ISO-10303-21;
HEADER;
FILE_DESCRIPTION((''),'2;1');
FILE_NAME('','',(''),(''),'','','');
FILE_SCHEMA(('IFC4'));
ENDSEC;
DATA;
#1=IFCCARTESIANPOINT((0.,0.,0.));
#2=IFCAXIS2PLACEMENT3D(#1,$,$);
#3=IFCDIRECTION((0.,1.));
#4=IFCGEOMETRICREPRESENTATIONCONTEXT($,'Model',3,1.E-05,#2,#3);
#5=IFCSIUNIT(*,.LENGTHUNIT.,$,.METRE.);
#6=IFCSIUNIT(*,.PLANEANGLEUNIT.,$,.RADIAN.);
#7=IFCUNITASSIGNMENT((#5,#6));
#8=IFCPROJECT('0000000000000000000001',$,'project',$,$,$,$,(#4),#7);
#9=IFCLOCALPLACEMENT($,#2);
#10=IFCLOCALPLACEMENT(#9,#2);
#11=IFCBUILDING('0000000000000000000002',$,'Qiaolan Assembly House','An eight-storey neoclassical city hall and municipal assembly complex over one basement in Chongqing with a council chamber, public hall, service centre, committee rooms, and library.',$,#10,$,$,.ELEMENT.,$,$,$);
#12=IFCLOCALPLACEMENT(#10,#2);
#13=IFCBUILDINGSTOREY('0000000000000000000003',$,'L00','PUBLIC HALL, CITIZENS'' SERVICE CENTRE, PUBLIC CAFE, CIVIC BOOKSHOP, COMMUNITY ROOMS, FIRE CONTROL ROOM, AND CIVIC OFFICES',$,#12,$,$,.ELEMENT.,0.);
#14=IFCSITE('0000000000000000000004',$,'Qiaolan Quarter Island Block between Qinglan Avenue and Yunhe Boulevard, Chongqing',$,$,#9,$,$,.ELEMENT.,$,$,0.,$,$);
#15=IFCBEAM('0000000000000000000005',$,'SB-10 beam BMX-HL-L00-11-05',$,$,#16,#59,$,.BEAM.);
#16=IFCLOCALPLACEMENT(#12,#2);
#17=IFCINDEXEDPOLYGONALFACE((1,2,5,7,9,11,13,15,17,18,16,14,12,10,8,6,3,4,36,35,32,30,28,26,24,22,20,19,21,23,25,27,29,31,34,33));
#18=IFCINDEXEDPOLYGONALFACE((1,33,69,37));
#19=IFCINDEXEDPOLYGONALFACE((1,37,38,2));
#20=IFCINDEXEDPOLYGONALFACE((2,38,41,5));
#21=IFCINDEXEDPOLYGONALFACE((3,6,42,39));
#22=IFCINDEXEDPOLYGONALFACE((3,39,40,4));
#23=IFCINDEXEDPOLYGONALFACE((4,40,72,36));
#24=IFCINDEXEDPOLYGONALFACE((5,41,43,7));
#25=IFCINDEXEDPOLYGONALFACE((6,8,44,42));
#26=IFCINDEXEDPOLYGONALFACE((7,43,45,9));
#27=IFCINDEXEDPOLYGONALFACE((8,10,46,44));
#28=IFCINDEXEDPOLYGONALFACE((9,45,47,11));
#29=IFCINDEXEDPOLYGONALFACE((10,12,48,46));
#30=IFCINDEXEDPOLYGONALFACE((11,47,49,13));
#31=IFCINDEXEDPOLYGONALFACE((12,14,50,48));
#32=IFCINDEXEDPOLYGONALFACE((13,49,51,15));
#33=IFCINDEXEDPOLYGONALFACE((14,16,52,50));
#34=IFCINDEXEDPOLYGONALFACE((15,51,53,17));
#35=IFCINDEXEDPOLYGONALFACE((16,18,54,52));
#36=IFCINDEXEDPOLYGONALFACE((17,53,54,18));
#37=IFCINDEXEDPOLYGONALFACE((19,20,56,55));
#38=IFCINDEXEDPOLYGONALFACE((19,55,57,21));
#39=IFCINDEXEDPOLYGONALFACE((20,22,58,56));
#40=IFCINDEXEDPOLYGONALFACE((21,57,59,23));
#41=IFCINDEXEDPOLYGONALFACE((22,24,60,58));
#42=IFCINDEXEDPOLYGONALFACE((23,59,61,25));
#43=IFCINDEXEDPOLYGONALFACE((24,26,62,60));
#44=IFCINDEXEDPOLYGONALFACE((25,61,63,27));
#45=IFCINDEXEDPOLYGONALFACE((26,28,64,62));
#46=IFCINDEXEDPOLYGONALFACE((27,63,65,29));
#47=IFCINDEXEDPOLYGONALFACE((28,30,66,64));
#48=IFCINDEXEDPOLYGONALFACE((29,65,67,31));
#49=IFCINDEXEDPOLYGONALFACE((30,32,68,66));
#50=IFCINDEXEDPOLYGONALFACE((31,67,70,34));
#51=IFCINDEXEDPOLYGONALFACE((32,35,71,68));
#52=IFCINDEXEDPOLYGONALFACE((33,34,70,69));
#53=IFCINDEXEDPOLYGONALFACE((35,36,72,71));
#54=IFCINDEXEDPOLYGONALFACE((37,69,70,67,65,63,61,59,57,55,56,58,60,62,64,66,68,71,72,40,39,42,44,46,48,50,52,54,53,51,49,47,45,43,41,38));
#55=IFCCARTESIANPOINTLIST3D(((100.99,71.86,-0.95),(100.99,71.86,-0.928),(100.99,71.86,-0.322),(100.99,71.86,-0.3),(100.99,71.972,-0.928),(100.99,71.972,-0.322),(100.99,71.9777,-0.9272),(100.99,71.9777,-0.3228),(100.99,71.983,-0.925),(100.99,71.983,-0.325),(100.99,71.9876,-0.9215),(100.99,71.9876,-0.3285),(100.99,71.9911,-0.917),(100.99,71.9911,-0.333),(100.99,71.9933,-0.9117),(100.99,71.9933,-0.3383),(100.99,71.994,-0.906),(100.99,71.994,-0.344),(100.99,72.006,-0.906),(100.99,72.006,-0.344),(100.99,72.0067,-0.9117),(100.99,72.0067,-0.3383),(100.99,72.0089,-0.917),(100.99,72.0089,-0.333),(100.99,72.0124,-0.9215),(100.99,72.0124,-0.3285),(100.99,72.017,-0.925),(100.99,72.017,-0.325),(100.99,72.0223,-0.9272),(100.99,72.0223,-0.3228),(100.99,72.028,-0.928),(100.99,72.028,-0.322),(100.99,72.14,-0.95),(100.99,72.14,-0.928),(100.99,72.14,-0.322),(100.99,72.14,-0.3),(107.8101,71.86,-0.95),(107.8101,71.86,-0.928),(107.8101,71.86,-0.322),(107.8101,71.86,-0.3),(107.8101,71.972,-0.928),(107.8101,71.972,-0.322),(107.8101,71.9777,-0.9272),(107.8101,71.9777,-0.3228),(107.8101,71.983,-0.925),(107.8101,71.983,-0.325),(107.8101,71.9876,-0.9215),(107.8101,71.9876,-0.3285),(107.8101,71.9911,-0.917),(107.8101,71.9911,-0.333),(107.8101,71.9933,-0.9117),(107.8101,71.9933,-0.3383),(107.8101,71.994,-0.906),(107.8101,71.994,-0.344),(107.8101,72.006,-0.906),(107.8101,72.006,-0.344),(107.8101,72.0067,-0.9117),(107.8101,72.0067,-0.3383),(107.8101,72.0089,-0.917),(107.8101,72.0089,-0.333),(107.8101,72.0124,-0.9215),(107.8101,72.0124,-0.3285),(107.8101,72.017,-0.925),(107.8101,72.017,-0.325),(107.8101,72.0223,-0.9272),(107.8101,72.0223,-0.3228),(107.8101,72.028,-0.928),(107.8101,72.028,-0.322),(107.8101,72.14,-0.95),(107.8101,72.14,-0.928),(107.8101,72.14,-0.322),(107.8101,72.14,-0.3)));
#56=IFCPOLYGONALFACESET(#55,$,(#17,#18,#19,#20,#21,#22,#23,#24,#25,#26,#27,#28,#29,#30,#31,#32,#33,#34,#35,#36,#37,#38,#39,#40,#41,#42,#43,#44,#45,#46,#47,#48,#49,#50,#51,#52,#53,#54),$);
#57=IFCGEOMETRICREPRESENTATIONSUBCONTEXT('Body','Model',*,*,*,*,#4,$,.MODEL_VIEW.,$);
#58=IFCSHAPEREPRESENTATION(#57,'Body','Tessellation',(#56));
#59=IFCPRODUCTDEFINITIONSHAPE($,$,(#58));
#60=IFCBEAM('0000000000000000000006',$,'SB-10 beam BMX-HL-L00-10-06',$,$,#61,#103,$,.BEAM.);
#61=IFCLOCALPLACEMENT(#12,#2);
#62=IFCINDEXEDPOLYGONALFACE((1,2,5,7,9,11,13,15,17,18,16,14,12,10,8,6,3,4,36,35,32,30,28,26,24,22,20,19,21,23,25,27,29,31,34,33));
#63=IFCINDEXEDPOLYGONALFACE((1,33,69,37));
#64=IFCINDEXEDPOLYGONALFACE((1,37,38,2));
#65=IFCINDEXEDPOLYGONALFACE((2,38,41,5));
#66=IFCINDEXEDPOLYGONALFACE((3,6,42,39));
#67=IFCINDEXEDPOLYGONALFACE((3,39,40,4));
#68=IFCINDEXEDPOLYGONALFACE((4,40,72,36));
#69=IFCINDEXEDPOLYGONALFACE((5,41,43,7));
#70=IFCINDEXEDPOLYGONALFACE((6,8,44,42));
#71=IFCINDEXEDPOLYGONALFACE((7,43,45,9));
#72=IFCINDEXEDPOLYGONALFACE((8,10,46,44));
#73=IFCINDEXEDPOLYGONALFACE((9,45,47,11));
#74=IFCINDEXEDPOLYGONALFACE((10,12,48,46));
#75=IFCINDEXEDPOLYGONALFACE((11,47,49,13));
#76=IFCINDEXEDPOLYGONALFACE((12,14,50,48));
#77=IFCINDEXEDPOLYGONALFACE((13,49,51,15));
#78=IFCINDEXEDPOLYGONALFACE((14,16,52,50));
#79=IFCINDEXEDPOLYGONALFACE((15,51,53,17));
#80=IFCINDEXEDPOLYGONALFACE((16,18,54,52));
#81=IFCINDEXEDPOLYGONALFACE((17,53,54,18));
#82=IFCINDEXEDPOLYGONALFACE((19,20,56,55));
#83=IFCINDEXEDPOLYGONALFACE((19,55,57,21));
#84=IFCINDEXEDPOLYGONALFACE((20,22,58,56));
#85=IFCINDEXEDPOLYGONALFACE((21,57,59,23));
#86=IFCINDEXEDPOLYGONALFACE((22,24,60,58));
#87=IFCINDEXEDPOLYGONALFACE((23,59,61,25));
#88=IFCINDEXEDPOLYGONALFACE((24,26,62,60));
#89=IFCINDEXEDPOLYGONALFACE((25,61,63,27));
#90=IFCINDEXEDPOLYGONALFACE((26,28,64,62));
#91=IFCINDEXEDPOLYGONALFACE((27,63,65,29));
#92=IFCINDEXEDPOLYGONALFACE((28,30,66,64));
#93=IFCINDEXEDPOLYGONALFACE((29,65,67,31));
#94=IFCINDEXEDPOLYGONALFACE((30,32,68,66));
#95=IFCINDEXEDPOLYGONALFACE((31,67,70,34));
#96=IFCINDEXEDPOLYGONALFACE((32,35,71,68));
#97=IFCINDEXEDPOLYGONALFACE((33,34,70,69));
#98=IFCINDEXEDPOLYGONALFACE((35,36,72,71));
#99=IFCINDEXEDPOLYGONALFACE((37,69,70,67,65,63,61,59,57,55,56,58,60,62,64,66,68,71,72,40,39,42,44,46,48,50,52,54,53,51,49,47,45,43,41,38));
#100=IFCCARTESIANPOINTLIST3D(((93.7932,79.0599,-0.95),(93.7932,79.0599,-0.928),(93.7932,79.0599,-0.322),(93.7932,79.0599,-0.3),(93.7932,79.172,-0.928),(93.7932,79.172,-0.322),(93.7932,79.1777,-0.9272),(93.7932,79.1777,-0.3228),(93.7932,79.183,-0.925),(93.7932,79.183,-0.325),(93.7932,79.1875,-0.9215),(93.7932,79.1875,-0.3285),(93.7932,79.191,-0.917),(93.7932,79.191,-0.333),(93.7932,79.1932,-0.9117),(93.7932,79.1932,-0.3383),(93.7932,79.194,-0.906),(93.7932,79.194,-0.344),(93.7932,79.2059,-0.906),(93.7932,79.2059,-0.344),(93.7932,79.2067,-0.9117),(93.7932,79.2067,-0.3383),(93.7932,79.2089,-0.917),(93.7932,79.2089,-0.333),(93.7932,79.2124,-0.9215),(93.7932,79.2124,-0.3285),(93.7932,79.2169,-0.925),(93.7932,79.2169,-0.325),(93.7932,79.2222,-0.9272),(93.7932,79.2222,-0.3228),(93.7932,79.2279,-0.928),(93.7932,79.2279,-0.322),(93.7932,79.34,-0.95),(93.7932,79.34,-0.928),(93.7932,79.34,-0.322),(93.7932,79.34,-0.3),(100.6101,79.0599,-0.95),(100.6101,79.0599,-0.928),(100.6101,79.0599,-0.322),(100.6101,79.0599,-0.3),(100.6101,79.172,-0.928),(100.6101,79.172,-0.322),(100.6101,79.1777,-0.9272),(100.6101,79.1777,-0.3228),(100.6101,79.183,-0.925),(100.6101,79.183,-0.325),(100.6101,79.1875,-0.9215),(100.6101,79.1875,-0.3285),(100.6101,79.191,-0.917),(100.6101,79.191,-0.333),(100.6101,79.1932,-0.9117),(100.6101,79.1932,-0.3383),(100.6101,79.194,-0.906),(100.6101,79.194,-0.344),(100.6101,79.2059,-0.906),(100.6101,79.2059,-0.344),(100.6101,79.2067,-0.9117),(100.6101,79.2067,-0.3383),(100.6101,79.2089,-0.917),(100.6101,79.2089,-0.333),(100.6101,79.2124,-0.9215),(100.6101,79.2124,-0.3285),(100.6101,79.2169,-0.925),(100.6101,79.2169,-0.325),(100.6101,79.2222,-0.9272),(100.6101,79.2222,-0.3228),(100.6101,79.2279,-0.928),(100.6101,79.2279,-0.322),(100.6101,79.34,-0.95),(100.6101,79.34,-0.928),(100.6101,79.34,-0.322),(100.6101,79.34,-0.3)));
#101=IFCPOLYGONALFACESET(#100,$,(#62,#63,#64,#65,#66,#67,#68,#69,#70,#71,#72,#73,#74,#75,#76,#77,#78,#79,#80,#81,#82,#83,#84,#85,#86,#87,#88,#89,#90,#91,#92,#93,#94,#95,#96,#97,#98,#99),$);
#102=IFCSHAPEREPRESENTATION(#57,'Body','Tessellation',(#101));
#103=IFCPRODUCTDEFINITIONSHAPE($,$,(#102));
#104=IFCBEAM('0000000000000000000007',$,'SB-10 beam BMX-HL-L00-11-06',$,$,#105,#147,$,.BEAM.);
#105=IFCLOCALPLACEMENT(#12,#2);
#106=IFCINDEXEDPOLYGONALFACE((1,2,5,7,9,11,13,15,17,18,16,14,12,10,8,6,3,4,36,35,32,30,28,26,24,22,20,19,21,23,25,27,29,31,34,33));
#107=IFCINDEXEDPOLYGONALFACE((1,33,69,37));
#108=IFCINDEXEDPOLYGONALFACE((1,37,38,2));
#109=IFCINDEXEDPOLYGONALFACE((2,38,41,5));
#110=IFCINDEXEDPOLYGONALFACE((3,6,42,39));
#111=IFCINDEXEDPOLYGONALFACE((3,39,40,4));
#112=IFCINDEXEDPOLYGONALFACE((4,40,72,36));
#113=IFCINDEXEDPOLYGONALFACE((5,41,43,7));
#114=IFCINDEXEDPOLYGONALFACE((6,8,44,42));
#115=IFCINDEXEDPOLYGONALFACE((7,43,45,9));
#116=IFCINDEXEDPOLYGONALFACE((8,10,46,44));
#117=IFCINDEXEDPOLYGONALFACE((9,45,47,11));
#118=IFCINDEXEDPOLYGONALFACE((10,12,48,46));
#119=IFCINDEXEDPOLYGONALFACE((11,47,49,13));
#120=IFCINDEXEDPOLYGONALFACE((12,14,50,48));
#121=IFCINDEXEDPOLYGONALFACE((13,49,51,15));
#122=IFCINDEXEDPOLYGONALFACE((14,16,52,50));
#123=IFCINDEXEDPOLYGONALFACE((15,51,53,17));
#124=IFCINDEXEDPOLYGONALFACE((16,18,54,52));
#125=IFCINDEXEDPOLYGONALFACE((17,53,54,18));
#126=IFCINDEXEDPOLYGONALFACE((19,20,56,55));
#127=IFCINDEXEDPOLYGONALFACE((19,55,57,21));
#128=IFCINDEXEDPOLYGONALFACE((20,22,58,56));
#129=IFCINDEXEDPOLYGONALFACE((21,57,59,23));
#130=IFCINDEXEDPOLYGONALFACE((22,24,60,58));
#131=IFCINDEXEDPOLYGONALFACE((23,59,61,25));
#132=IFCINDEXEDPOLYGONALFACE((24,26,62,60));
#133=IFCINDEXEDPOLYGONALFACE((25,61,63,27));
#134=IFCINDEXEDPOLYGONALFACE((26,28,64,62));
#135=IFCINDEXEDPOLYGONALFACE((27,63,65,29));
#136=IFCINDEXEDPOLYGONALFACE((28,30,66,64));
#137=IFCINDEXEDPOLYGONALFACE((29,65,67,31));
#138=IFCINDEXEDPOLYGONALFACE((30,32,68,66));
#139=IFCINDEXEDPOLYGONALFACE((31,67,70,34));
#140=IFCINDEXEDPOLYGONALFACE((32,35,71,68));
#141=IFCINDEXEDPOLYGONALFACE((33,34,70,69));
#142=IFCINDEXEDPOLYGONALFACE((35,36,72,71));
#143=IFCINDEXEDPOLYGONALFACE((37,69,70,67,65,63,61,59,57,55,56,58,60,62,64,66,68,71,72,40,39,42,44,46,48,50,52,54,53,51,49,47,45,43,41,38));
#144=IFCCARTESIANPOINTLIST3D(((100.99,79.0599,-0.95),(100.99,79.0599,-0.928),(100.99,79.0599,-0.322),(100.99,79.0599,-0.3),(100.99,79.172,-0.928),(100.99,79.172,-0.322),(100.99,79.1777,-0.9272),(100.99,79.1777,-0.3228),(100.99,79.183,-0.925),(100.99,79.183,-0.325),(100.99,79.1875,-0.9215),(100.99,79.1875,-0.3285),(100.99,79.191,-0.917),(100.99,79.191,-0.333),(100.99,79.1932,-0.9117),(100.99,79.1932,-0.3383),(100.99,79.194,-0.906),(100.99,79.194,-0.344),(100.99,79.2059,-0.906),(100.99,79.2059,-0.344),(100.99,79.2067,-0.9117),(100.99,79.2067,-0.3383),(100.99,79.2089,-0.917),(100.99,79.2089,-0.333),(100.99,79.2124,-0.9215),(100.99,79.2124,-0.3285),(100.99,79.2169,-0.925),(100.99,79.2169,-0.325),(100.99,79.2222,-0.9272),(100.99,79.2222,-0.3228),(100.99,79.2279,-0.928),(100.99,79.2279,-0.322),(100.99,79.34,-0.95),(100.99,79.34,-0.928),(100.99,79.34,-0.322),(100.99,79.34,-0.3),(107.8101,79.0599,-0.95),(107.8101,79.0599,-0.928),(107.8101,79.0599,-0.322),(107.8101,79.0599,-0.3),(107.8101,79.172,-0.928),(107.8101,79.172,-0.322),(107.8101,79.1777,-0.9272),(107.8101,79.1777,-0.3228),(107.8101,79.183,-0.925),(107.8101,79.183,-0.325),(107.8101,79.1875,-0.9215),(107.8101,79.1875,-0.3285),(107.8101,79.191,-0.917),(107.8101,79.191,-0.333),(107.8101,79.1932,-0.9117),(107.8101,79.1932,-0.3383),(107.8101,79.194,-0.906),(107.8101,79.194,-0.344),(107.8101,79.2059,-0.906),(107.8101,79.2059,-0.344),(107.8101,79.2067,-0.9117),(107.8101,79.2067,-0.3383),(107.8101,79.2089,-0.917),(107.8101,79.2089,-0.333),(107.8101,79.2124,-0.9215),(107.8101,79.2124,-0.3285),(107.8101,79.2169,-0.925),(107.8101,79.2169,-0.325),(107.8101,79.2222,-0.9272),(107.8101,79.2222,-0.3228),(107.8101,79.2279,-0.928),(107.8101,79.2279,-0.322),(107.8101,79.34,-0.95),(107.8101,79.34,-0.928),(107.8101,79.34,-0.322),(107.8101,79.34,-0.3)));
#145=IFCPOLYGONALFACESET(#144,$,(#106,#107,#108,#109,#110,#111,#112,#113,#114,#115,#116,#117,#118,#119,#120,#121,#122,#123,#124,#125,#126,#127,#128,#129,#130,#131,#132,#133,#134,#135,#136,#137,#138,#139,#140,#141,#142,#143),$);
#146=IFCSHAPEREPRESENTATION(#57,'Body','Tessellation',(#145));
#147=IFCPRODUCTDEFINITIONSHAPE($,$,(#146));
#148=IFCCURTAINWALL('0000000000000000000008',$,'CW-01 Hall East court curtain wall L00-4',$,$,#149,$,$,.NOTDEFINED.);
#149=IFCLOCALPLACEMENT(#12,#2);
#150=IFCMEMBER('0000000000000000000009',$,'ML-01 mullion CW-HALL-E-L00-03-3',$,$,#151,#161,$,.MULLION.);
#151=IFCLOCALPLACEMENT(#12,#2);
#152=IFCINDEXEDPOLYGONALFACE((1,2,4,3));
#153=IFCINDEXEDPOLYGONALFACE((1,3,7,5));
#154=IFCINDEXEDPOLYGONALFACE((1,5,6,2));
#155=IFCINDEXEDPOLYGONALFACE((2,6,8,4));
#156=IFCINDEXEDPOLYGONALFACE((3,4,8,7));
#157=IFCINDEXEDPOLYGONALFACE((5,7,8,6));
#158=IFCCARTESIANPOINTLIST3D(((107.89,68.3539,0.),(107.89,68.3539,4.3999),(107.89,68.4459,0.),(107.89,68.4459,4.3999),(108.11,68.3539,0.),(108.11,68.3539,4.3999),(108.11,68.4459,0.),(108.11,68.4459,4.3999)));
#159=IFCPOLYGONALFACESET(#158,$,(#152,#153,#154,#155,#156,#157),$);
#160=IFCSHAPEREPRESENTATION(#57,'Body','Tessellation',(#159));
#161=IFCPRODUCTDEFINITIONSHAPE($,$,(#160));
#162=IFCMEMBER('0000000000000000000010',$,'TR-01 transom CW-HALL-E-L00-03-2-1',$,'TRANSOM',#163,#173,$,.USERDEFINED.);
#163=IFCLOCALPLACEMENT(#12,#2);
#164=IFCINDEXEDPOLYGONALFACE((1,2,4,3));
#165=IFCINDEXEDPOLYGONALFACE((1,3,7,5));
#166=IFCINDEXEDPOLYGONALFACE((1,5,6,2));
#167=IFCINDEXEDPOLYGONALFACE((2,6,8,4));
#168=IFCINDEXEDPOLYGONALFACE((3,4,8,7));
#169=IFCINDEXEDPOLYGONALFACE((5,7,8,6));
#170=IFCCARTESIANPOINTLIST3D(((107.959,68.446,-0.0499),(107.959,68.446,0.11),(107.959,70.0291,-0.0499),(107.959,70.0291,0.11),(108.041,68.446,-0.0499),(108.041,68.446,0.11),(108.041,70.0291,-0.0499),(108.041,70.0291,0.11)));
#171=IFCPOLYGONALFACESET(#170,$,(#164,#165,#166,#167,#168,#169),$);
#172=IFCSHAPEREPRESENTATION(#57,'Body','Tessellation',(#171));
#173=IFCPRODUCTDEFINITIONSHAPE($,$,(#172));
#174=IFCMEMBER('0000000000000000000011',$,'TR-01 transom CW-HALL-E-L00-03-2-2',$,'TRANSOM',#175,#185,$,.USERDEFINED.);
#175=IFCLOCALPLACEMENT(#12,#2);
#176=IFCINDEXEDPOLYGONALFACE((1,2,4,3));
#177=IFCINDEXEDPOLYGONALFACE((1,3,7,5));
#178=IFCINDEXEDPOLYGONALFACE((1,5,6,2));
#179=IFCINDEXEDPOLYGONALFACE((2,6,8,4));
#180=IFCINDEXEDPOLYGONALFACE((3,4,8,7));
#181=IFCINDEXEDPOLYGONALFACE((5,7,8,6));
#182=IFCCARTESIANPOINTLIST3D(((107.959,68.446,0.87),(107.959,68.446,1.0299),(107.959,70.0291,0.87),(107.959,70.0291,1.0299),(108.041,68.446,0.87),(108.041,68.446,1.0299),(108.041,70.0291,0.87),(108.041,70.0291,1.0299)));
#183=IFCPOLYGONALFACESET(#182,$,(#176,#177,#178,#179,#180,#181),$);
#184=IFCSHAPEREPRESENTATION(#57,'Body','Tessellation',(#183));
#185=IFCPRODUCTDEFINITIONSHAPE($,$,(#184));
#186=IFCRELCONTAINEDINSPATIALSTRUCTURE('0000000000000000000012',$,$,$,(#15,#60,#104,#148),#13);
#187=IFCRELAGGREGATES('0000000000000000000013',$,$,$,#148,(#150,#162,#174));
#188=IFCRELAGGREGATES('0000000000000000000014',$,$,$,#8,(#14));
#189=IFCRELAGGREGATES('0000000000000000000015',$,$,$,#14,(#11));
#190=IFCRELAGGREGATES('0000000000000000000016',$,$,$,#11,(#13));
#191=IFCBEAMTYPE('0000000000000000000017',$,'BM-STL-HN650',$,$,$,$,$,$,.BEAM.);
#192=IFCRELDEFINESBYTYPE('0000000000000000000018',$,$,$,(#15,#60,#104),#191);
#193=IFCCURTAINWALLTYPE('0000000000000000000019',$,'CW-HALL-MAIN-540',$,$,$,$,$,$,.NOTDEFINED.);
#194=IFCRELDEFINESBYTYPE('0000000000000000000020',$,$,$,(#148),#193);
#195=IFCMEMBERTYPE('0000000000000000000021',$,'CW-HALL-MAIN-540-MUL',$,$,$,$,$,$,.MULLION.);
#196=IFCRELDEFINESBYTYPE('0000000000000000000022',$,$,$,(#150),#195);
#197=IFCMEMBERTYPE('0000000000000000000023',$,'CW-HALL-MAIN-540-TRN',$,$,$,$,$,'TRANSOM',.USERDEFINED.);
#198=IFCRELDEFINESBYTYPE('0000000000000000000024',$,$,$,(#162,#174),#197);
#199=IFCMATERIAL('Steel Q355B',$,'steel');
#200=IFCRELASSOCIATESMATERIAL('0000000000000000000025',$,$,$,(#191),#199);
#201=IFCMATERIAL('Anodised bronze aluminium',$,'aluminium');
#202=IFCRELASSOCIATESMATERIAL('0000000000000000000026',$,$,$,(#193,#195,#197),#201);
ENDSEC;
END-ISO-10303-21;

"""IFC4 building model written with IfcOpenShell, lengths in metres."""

from ifc_helpers import new_model, si_unit, direction, frame, origin, origin_2d, place, context, subcontext, project, spatial, rectangle, i_section, extrude, material, material_profile, profile_set, type_object, element, aggregate, save


model = new_model("IFC4")

# Units and contexts
model_context = context("Model", 3, precision=1e-05, world=origin(), true_north=direction((0.0, 1.0)))
body_context = subcontext(model_context, "Body", "Model", "MODEL_VIEW")
ifc_project = project(units=[si_unit("LENGTHUNIT", "METRE"), si_unit("PLANEANGLEUNIT", "RADIAN")], contexts=[model_context])

# Site, building, storey
site_placement = place(None, origin())
site = spatial("IfcSite", under=ifc_project, at=site_placement, Name="Qiaolan Quarter Island Block between Qinglan Avenue and Yunhe Boulevard, Chongqing", CompositionType="ELEMENT", RefElevation=0.0)
building_placement = place(site_placement, origin())
building = spatial("IfcBuilding", under=site, at=building_placement, Name="Qiaolan Assembly House", Description="An eight-storey neoclassical city hall and municipal assembly complex over one basement in Chongqing with a council chamber, public hall, service centre, committee rooms, and library.", CompositionType="ELEMENT")
storey_placement = place(building_placement, origin())
storey = spatial("IfcBuildingStorey", under=building, at=storey_placement, Name="L00", Description="PUBLIC HALL, CITIZENS' SERVICE CENTRE, PUBLIC CAFE, CIVIC BOOKSHOP, COMMUNITY ROOMS, FIRE CONTROL ROOM, AND CIVIC OFFICES", CompositionType="ELEMENT", Elevation=0.0)

# Shared definitions
ifc_material_1 = material(Name="Steel Q355B", Category="steel")

# Beams
ifc_material_profile_1 = material_profile(ifc_material_1, i_section(OverallWidth=0.28, OverallDepth=0.6499, WebThickness=0.012, FlangeThickness=0.022, FilletRadius=0.022, at=origin_2d()), Name="HN 650x280x12x22")
ifc_profile_set_1 = profile_set([ifc_material_profile_1], Name="Steel Q355B")
beam_type_1 = type_object("IfcBeamType", Name="BM-STL-HN650", PredefinedType="BEAM", material=ifc_profile_set_1)
beam_1_placement = place(storey_placement, frame((100.99, 72.0, -0.625), z_axis=(1.0, 0.0, 0.0), x_axis=(0.0, 1.0, 0.0)))
element("IfcBeam", 1, at=beam_1_placement, inside=storey, type_object=beam_type_1, Name="SB-10 beam BMX-HL-L00-11-05", PredefinedType="BEAM", context=body_context, shape_type="SweptSolid", body=[
    extrude(i_section(OverallWidth=0.28, OverallDepth=0.6499, WebThickness=0.012, FlangeThickness=0.022, FilletRadius=0.022, at=origin_2d()), origin(), (0.0, 0.0, 1.0), 6.8201),
])
beam_2_placement = place(storey_placement, frame((93.7932, 79.2, -0.625), z_axis=(1.0, 0.0, 0.0), x_axis=(0.0, 1.0, 0.0)))
element("IfcBeam", 2, at=beam_2_placement, inside=storey, type_object=beam_type_1, Name="SB-10 beam BMX-HL-L00-10-06", PredefinedType="BEAM", context=body_context, shape_type="SweptSolid", body=[
    extrude(i_section(OverallWidth=0.28, OverallDepth=0.6499, WebThickness=0.012, FlangeThickness=0.022, FilletRadius=0.022, at=origin_2d()), origin(), (0.0, 0.0, 1.0), 6.8169),
])
beam_3_placement = place(storey_placement, frame((100.99, 79.2, -0.625), z_axis=(1.0, 0.0, 0.0), x_axis=(0.0, 1.0, 0.0)))
element("IfcBeam", 3, at=beam_3_placement, inside=storey, type_object=beam_type_1, Name="SB-10 beam BMX-HL-L00-11-06", PredefinedType="BEAM", context=body_context, shape_type="SweptSolid", body=[
    extrude(i_section(OverallWidth=0.28, OverallDepth=0.6499, WebThickness=0.012, FlangeThickness=0.022, FilletRadius=0.022, at=origin_2d()), origin(), (0.0, 0.0, 1.0), 6.8201),
])

# Curtain wall, members
ifc_material_2 = material(Name="Anodised bronze aluminium", Category="aluminium")
curtain_wall_type = type_object("IfcCurtainWallType", Name="CW-HALL-MAIN-540", PredefinedType="NOTDEFINED", material=ifc_material_2)
curtain_wall_placement = place(storey_placement, origin())
curtain_wall = element("IfcCurtainWall", 4, at=curtain_wall_placement, inside=storey, type_object=curtain_wall_type, Name="CW-01 Hall East court curtain wall L00-4", PredefinedType="NOTDEFINED")
ifc_material_profile_2 = material_profile(ifc_material_2, rectangle(XDim=0.092, YDim=0.22, at=origin_2d()), Name="MUL 92x220")
ifc_profile_set_2 = profile_set([ifc_material_profile_2], Name="Anodised bronze aluminium")
member_type_1 = type_object("IfcMemberType", Name="CW-HALL-MAIN-540-MUL", PredefinedType="MULLION", material=ifc_profile_set_2)
member_1_placement = place(storey_placement, frame((108.0, 68.3999, 0.0), z_axis=(0.0, 0.0, 1.0), x_axis=(0.0, -1.0, 0.0)))
member_1 = element("IfcMember", 5, at=member_1_placement, type_object=member_type_1, Name="ML-01 mullion CW-HALL-E-L00-03-3", PredefinedType="MULLION", context=body_context, shape_type="SweptSolid", body=[
    extrude(rectangle(XDim=0.092, YDim=0.22, at=origin_2d()), origin(), (0.0, 0.0, 1.0), 4.3999),
])
ifc_material_profile_3 = material_profile(ifc_material_2, rectangle(XDim=0.082, YDim=0.1599, at=origin_2d()), Name="TRN 82x160")
ifc_profile_set_3 = profile_set([ifc_material_profile_3], Name="Anodised bronze aluminium")
member_type_2 = type_object("IfcMemberType", Name="CW-HALL-MAIN-540-TRN", ElementType="TRANSOM", PredefinedType="USERDEFINED", material=ifc_profile_set_3)
member_2_placement = place(storey_placement, frame((108.0, 70.0291, 0.03), z_axis=(0.0, -1.0, 0.0), x_axis=(1.0, 0.0, 0.0)))
member_2 = element("IfcMember", 6, at=member_2_placement, type_object=member_type_2, Name="TR-01 transom CW-HALL-E-L00-03-2-1", ObjectType="TRANSOM", PredefinedType="USERDEFINED", context=body_context, shape_type="SweptSolid", body=[
    extrude(rectangle(XDim=0.082, YDim=0.1599, at=origin_2d()), origin(), (0.0, 0.0, 1.0), 1.583),
])
member_3_placement = place(storey_placement, frame((108.0, 70.0291, 0.95), z_axis=(0.0, -1.0, 0.0), x_axis=(1.0, 0.0, 0.0)))
member_3 = element("IfcMember", 7, at=member_3_placement, type_object=member_type_2, Name="TR-01 transom CW-HALL-E-L00-03-2-2", ObjectType="TRANSOM", PredefinedType="USERDEFINED", context=body_context, shape_type="SweptSolid", body=[
    extrude(rectangle(XDim=0.082, YDim=0.1599, at=origin_2d()), origin(), (0.0, 0.0, 1.0), 1.583),
])
aggregate(curtain_wall, [member_1, member_2, member_3])

save(model, "model.ifc")
